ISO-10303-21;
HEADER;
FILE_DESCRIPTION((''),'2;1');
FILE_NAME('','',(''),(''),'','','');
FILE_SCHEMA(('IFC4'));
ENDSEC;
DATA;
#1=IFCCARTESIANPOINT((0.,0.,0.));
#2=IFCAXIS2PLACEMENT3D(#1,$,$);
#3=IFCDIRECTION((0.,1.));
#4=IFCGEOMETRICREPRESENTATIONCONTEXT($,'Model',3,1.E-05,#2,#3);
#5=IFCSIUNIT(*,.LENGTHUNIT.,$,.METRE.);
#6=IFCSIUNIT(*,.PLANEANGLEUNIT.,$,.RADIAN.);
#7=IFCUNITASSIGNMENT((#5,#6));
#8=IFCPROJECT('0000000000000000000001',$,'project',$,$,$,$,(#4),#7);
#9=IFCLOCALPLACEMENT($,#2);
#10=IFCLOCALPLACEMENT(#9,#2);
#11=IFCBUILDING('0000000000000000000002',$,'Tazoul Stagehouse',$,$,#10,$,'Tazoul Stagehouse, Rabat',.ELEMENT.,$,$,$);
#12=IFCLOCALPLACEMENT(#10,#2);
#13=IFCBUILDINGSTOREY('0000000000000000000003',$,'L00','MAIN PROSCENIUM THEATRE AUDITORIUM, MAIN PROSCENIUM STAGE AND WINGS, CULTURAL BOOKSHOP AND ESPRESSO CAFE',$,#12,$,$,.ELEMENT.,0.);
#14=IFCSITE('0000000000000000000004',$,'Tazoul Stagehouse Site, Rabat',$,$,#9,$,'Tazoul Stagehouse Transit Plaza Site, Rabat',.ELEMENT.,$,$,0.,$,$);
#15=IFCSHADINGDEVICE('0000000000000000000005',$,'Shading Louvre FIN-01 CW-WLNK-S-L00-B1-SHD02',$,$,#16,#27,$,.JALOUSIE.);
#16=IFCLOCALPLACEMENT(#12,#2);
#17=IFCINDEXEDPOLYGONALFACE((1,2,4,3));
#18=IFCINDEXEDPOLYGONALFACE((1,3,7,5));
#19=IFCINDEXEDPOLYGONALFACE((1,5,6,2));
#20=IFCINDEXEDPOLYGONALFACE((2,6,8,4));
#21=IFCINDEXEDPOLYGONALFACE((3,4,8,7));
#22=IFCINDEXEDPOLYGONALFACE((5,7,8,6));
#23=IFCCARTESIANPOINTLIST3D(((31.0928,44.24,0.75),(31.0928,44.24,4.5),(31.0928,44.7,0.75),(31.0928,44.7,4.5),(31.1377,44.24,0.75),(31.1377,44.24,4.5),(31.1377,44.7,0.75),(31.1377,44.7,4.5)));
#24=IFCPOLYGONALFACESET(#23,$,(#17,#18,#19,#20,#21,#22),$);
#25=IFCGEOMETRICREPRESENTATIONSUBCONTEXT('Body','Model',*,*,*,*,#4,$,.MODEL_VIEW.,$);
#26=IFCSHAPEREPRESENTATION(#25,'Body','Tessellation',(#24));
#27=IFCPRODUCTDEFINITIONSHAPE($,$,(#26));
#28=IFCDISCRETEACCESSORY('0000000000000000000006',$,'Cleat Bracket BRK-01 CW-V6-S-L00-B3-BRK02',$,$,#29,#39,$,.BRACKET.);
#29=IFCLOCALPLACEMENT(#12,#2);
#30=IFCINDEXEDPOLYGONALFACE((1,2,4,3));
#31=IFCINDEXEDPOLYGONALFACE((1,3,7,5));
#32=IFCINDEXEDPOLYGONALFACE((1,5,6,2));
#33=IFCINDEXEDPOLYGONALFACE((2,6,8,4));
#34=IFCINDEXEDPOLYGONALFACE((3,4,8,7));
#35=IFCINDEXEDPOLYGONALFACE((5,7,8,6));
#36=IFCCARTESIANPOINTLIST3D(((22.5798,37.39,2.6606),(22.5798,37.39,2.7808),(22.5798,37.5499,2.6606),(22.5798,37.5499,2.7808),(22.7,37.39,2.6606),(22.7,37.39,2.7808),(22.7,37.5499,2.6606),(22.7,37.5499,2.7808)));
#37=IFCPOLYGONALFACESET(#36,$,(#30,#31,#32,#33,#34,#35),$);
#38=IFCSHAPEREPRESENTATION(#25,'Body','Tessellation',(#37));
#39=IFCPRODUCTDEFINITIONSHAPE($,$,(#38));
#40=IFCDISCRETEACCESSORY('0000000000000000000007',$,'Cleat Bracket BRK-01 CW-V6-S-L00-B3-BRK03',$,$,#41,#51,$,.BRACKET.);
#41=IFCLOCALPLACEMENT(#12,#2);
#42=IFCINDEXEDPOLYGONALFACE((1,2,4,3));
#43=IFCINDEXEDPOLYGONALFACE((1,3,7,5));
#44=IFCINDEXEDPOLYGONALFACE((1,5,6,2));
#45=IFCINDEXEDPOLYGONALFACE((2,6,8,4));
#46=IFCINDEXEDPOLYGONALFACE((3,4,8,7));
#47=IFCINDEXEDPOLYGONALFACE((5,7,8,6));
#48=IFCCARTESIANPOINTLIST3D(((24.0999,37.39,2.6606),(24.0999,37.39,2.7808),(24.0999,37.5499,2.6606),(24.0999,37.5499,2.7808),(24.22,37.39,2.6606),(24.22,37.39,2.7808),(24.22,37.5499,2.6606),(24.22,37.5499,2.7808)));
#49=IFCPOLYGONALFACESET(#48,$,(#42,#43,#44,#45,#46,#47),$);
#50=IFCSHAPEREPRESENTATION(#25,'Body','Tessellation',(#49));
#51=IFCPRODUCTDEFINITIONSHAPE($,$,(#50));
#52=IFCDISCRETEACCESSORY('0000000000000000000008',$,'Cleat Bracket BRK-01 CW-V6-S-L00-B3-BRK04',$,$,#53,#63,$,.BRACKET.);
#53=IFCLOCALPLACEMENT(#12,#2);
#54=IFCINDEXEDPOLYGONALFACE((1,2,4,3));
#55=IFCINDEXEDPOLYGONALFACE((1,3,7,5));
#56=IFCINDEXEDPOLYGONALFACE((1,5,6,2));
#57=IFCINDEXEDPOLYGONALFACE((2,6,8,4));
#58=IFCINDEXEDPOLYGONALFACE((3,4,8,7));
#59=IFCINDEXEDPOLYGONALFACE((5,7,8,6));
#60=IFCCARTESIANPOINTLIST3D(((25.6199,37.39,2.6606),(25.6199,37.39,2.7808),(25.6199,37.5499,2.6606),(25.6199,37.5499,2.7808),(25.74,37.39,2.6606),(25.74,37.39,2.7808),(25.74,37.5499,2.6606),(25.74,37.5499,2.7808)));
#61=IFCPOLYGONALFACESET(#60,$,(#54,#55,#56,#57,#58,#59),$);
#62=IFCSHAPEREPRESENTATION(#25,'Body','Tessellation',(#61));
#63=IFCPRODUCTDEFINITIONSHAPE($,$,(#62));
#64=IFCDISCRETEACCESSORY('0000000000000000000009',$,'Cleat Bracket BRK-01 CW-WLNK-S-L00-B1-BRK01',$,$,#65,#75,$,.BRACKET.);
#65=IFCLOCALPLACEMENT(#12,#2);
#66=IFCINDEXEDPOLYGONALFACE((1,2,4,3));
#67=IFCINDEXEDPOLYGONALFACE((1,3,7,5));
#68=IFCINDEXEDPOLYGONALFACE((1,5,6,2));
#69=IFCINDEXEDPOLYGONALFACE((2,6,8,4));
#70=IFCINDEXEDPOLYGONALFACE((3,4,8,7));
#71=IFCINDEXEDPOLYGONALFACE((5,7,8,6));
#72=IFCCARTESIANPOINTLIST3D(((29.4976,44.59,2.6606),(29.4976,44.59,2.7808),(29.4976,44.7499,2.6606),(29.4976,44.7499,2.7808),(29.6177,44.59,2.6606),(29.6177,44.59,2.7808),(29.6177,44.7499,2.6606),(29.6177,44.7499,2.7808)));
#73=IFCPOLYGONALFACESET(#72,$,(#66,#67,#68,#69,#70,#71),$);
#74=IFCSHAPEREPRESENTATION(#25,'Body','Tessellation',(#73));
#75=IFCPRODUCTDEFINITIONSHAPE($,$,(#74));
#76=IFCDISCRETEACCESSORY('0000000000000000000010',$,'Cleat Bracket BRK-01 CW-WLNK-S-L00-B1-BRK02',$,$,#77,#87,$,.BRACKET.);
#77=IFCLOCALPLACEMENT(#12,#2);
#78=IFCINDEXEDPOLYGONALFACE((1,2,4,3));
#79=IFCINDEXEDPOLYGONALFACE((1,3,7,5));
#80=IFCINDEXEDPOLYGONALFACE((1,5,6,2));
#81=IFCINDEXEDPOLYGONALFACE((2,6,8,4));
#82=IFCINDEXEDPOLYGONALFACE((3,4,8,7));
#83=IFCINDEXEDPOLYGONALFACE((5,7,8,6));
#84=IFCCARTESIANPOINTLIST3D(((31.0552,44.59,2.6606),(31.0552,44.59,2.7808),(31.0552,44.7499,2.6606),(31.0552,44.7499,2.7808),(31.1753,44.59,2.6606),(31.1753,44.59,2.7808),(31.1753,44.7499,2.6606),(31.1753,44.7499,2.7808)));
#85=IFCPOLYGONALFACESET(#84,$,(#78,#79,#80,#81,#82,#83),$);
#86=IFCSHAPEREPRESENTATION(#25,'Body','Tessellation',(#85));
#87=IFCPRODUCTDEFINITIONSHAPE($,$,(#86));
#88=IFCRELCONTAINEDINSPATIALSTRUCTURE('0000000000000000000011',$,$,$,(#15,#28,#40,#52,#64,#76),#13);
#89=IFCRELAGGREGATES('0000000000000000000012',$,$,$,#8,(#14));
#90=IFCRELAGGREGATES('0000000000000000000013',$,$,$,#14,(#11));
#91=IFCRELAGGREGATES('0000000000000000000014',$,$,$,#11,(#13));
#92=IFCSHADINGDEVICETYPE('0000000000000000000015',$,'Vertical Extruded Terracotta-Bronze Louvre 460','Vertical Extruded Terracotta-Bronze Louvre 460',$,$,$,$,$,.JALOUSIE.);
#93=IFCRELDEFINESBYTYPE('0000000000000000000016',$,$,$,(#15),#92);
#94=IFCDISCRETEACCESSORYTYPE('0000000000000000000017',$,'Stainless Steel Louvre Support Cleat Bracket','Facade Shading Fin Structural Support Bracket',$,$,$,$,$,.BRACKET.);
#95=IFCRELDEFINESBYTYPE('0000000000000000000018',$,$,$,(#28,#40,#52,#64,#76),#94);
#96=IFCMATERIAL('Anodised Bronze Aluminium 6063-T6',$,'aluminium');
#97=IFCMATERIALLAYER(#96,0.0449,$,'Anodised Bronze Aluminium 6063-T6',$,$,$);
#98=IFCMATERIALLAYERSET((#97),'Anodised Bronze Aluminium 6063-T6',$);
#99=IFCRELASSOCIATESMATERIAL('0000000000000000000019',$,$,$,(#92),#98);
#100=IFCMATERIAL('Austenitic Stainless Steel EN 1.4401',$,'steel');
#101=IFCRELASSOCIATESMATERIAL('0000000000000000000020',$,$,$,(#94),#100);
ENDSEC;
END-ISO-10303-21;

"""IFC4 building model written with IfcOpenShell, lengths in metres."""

from ifc_helpers import new_model, si_unit, direction, frame, origin, origin_2d, place, context, subcontext, project, spatial, rectangle, extrude, material, layer, layer_set, type_object, element, save


model = new_model("IFC4")

# Units and contexts
model_context = context("Model", 3, precision=1e-05, world=origin(), true_north=direction((0.0, 1.0)))
body_context = subcontext(model_context, "Body", "Model", "MODEL_VIEW")
ifc_project = project(units=[si_unit("LENGTHUNIT", "METRE"), si_unit("PLANEANGLEUNIT", "RADIAN")], contexts=[model_context])

# Site, building, storey
site_placement = place(None, origin())
site = spatial("IfcSite", under=ifc_project, at=site_placement, Name="Tazoul Stagehouse Site, Rabat", LongName="Tazoul Stagehouse Transit Plaza Site, Rabat", CompositionType="ELEMENT", RefElevation=0.0)
building_placement = place(site_placement, origin())
building = spatial("IfcBuilding", under=site, at=building_placement, Name="Tazoul Stagehouse", LongName="Tazoul Stagehouse, Rabat", CompositionType="ELEMENT")
storey_placement = place(building_placement, origin())
storey = spatial("IfcBuildingStorey", under=building, at=storey_placement, Name="L00", Description="MAIN PROSCENIUM THEATRE AUDITORIUM, MAIN PROSCENIUM STAGE AND WINGS, CULTURAL BOOKSHOP AND ESPRESSO CAFE", CompositionType="ELEMENT", Elevation=0.0)

# Shared definitions
ifc_material_1 = material(Name="Anodised Bronze Aluminium 6063-T6", Category="aluminium")

# Shading device
ifc_layer_1 = layer(ifc_material_1, 0.0449, Name="Anodised Bronze Aluminium 6063-T6")
ifc_layer_set_1 = layer_set([ifc_layer_1], Name="Anodised Bronze Aluminium 6063-T6")
shading_device_type_1 = type_object("IfcShadingDeviceType", Name="Vertical Extruded Terracotta-Bronze Louvre 460", Description="Vertical Extruded Terracotta-Bronze Louvre 460", PredefinedType="JALOUSIE", material=ifc_layer_set_1)
for number, where, z_axis, x_axis, name in (
    (1, (31.1152, 44.47, 0.75), (0.0, 0.0, 1.0), (1.0, 0.0, 0.0), "Shading Louvre FIN-01 CW-WLNK-S-L00-B1-SHD02"),
):
    element("IfcShadingDevice", number, at=place(storey_placement, frame(where, z_axis=z_axis, x_axis=x_axis)), inside=storey, type_object=shading_device_type_1, Name=name, PredefinedType="JALOUSIE", context=body_context, shape_type="SweptSolid", body=[
        extrude(rectangle(XDim=0.0449, YDim=0.46, at=origin_2d()), origin(), (0.0, 0.0, 1.0), 3.75),
    ])

# Discrete accessories
ifc_material_2 = material(Name="Austenitic Stainless Steel EN 1.4401", Category="steel")
discrete_accessory_type = type_object("IfcDiscreteAccessoryType", Name="Stainless Steel Louvre Support Cleat Bracket", Description="Facade Shading Fin Structural Support Bracket", PredefinedType="BRACKET", material=ifc_material_2)
for number, where, z_axis, x_axis, name in (
    (2, (22.6399, 37.47, 2.6606), (0.0, 0.0, 1.0), (1.0, 0.0, 0.0), "Cleat Bracket BRK-01 CW-V6-S-L00-B3-BRK02"),
    (3, (24.1599, 37.47, 2.6606), (0.0, 0.0, 1.0), (1.0, 0.0, 0.0), "Cleat Bracket BRK-01 CW-V6-S-L00-B3-BRK03"),
    (4, (25.6799, 37.47, 2.6606), (0.0, 0.0, 1.0), (1.0, 0.0, 0.0), "Cleat Bracket BRK-01 CW-V6-S-L00-B3-BRK04"),
    (5, (29.5576, 44.6699, 2.6606), (0.0, 0.0, 1.0), (1.0, 0.0, 0.0), "Cleat Bracket BRK-01 CW-WLNK-S-L00-B1-BRK01"),
    (6, (31.1152, 44.6699, 2.6606), (0.0, 0.0, 1.0), (1.0, 0.0, 0.0), "Cleat Bracket BRK-01 CW-WLNK-S-L00-B1-BRK02"),
):
    element("IfcDiscreteAccessory", number, at=place(storey_placement, frame(where, z_axis=z_axis, x_axis=x_axis)), inside=storey, type_object=discrete_accessory_type, Name=name, PredefinedType="BRACKET", context=body_context, shape_type="SweptSolid", body=[
        extrude(rectangle(XDim=0.1201, YDim=0.1599, at=origin_2d()), origin(), (0.0, 0.0, 1.0), 0.1201),
    ])

save(model, "model.ifc")
